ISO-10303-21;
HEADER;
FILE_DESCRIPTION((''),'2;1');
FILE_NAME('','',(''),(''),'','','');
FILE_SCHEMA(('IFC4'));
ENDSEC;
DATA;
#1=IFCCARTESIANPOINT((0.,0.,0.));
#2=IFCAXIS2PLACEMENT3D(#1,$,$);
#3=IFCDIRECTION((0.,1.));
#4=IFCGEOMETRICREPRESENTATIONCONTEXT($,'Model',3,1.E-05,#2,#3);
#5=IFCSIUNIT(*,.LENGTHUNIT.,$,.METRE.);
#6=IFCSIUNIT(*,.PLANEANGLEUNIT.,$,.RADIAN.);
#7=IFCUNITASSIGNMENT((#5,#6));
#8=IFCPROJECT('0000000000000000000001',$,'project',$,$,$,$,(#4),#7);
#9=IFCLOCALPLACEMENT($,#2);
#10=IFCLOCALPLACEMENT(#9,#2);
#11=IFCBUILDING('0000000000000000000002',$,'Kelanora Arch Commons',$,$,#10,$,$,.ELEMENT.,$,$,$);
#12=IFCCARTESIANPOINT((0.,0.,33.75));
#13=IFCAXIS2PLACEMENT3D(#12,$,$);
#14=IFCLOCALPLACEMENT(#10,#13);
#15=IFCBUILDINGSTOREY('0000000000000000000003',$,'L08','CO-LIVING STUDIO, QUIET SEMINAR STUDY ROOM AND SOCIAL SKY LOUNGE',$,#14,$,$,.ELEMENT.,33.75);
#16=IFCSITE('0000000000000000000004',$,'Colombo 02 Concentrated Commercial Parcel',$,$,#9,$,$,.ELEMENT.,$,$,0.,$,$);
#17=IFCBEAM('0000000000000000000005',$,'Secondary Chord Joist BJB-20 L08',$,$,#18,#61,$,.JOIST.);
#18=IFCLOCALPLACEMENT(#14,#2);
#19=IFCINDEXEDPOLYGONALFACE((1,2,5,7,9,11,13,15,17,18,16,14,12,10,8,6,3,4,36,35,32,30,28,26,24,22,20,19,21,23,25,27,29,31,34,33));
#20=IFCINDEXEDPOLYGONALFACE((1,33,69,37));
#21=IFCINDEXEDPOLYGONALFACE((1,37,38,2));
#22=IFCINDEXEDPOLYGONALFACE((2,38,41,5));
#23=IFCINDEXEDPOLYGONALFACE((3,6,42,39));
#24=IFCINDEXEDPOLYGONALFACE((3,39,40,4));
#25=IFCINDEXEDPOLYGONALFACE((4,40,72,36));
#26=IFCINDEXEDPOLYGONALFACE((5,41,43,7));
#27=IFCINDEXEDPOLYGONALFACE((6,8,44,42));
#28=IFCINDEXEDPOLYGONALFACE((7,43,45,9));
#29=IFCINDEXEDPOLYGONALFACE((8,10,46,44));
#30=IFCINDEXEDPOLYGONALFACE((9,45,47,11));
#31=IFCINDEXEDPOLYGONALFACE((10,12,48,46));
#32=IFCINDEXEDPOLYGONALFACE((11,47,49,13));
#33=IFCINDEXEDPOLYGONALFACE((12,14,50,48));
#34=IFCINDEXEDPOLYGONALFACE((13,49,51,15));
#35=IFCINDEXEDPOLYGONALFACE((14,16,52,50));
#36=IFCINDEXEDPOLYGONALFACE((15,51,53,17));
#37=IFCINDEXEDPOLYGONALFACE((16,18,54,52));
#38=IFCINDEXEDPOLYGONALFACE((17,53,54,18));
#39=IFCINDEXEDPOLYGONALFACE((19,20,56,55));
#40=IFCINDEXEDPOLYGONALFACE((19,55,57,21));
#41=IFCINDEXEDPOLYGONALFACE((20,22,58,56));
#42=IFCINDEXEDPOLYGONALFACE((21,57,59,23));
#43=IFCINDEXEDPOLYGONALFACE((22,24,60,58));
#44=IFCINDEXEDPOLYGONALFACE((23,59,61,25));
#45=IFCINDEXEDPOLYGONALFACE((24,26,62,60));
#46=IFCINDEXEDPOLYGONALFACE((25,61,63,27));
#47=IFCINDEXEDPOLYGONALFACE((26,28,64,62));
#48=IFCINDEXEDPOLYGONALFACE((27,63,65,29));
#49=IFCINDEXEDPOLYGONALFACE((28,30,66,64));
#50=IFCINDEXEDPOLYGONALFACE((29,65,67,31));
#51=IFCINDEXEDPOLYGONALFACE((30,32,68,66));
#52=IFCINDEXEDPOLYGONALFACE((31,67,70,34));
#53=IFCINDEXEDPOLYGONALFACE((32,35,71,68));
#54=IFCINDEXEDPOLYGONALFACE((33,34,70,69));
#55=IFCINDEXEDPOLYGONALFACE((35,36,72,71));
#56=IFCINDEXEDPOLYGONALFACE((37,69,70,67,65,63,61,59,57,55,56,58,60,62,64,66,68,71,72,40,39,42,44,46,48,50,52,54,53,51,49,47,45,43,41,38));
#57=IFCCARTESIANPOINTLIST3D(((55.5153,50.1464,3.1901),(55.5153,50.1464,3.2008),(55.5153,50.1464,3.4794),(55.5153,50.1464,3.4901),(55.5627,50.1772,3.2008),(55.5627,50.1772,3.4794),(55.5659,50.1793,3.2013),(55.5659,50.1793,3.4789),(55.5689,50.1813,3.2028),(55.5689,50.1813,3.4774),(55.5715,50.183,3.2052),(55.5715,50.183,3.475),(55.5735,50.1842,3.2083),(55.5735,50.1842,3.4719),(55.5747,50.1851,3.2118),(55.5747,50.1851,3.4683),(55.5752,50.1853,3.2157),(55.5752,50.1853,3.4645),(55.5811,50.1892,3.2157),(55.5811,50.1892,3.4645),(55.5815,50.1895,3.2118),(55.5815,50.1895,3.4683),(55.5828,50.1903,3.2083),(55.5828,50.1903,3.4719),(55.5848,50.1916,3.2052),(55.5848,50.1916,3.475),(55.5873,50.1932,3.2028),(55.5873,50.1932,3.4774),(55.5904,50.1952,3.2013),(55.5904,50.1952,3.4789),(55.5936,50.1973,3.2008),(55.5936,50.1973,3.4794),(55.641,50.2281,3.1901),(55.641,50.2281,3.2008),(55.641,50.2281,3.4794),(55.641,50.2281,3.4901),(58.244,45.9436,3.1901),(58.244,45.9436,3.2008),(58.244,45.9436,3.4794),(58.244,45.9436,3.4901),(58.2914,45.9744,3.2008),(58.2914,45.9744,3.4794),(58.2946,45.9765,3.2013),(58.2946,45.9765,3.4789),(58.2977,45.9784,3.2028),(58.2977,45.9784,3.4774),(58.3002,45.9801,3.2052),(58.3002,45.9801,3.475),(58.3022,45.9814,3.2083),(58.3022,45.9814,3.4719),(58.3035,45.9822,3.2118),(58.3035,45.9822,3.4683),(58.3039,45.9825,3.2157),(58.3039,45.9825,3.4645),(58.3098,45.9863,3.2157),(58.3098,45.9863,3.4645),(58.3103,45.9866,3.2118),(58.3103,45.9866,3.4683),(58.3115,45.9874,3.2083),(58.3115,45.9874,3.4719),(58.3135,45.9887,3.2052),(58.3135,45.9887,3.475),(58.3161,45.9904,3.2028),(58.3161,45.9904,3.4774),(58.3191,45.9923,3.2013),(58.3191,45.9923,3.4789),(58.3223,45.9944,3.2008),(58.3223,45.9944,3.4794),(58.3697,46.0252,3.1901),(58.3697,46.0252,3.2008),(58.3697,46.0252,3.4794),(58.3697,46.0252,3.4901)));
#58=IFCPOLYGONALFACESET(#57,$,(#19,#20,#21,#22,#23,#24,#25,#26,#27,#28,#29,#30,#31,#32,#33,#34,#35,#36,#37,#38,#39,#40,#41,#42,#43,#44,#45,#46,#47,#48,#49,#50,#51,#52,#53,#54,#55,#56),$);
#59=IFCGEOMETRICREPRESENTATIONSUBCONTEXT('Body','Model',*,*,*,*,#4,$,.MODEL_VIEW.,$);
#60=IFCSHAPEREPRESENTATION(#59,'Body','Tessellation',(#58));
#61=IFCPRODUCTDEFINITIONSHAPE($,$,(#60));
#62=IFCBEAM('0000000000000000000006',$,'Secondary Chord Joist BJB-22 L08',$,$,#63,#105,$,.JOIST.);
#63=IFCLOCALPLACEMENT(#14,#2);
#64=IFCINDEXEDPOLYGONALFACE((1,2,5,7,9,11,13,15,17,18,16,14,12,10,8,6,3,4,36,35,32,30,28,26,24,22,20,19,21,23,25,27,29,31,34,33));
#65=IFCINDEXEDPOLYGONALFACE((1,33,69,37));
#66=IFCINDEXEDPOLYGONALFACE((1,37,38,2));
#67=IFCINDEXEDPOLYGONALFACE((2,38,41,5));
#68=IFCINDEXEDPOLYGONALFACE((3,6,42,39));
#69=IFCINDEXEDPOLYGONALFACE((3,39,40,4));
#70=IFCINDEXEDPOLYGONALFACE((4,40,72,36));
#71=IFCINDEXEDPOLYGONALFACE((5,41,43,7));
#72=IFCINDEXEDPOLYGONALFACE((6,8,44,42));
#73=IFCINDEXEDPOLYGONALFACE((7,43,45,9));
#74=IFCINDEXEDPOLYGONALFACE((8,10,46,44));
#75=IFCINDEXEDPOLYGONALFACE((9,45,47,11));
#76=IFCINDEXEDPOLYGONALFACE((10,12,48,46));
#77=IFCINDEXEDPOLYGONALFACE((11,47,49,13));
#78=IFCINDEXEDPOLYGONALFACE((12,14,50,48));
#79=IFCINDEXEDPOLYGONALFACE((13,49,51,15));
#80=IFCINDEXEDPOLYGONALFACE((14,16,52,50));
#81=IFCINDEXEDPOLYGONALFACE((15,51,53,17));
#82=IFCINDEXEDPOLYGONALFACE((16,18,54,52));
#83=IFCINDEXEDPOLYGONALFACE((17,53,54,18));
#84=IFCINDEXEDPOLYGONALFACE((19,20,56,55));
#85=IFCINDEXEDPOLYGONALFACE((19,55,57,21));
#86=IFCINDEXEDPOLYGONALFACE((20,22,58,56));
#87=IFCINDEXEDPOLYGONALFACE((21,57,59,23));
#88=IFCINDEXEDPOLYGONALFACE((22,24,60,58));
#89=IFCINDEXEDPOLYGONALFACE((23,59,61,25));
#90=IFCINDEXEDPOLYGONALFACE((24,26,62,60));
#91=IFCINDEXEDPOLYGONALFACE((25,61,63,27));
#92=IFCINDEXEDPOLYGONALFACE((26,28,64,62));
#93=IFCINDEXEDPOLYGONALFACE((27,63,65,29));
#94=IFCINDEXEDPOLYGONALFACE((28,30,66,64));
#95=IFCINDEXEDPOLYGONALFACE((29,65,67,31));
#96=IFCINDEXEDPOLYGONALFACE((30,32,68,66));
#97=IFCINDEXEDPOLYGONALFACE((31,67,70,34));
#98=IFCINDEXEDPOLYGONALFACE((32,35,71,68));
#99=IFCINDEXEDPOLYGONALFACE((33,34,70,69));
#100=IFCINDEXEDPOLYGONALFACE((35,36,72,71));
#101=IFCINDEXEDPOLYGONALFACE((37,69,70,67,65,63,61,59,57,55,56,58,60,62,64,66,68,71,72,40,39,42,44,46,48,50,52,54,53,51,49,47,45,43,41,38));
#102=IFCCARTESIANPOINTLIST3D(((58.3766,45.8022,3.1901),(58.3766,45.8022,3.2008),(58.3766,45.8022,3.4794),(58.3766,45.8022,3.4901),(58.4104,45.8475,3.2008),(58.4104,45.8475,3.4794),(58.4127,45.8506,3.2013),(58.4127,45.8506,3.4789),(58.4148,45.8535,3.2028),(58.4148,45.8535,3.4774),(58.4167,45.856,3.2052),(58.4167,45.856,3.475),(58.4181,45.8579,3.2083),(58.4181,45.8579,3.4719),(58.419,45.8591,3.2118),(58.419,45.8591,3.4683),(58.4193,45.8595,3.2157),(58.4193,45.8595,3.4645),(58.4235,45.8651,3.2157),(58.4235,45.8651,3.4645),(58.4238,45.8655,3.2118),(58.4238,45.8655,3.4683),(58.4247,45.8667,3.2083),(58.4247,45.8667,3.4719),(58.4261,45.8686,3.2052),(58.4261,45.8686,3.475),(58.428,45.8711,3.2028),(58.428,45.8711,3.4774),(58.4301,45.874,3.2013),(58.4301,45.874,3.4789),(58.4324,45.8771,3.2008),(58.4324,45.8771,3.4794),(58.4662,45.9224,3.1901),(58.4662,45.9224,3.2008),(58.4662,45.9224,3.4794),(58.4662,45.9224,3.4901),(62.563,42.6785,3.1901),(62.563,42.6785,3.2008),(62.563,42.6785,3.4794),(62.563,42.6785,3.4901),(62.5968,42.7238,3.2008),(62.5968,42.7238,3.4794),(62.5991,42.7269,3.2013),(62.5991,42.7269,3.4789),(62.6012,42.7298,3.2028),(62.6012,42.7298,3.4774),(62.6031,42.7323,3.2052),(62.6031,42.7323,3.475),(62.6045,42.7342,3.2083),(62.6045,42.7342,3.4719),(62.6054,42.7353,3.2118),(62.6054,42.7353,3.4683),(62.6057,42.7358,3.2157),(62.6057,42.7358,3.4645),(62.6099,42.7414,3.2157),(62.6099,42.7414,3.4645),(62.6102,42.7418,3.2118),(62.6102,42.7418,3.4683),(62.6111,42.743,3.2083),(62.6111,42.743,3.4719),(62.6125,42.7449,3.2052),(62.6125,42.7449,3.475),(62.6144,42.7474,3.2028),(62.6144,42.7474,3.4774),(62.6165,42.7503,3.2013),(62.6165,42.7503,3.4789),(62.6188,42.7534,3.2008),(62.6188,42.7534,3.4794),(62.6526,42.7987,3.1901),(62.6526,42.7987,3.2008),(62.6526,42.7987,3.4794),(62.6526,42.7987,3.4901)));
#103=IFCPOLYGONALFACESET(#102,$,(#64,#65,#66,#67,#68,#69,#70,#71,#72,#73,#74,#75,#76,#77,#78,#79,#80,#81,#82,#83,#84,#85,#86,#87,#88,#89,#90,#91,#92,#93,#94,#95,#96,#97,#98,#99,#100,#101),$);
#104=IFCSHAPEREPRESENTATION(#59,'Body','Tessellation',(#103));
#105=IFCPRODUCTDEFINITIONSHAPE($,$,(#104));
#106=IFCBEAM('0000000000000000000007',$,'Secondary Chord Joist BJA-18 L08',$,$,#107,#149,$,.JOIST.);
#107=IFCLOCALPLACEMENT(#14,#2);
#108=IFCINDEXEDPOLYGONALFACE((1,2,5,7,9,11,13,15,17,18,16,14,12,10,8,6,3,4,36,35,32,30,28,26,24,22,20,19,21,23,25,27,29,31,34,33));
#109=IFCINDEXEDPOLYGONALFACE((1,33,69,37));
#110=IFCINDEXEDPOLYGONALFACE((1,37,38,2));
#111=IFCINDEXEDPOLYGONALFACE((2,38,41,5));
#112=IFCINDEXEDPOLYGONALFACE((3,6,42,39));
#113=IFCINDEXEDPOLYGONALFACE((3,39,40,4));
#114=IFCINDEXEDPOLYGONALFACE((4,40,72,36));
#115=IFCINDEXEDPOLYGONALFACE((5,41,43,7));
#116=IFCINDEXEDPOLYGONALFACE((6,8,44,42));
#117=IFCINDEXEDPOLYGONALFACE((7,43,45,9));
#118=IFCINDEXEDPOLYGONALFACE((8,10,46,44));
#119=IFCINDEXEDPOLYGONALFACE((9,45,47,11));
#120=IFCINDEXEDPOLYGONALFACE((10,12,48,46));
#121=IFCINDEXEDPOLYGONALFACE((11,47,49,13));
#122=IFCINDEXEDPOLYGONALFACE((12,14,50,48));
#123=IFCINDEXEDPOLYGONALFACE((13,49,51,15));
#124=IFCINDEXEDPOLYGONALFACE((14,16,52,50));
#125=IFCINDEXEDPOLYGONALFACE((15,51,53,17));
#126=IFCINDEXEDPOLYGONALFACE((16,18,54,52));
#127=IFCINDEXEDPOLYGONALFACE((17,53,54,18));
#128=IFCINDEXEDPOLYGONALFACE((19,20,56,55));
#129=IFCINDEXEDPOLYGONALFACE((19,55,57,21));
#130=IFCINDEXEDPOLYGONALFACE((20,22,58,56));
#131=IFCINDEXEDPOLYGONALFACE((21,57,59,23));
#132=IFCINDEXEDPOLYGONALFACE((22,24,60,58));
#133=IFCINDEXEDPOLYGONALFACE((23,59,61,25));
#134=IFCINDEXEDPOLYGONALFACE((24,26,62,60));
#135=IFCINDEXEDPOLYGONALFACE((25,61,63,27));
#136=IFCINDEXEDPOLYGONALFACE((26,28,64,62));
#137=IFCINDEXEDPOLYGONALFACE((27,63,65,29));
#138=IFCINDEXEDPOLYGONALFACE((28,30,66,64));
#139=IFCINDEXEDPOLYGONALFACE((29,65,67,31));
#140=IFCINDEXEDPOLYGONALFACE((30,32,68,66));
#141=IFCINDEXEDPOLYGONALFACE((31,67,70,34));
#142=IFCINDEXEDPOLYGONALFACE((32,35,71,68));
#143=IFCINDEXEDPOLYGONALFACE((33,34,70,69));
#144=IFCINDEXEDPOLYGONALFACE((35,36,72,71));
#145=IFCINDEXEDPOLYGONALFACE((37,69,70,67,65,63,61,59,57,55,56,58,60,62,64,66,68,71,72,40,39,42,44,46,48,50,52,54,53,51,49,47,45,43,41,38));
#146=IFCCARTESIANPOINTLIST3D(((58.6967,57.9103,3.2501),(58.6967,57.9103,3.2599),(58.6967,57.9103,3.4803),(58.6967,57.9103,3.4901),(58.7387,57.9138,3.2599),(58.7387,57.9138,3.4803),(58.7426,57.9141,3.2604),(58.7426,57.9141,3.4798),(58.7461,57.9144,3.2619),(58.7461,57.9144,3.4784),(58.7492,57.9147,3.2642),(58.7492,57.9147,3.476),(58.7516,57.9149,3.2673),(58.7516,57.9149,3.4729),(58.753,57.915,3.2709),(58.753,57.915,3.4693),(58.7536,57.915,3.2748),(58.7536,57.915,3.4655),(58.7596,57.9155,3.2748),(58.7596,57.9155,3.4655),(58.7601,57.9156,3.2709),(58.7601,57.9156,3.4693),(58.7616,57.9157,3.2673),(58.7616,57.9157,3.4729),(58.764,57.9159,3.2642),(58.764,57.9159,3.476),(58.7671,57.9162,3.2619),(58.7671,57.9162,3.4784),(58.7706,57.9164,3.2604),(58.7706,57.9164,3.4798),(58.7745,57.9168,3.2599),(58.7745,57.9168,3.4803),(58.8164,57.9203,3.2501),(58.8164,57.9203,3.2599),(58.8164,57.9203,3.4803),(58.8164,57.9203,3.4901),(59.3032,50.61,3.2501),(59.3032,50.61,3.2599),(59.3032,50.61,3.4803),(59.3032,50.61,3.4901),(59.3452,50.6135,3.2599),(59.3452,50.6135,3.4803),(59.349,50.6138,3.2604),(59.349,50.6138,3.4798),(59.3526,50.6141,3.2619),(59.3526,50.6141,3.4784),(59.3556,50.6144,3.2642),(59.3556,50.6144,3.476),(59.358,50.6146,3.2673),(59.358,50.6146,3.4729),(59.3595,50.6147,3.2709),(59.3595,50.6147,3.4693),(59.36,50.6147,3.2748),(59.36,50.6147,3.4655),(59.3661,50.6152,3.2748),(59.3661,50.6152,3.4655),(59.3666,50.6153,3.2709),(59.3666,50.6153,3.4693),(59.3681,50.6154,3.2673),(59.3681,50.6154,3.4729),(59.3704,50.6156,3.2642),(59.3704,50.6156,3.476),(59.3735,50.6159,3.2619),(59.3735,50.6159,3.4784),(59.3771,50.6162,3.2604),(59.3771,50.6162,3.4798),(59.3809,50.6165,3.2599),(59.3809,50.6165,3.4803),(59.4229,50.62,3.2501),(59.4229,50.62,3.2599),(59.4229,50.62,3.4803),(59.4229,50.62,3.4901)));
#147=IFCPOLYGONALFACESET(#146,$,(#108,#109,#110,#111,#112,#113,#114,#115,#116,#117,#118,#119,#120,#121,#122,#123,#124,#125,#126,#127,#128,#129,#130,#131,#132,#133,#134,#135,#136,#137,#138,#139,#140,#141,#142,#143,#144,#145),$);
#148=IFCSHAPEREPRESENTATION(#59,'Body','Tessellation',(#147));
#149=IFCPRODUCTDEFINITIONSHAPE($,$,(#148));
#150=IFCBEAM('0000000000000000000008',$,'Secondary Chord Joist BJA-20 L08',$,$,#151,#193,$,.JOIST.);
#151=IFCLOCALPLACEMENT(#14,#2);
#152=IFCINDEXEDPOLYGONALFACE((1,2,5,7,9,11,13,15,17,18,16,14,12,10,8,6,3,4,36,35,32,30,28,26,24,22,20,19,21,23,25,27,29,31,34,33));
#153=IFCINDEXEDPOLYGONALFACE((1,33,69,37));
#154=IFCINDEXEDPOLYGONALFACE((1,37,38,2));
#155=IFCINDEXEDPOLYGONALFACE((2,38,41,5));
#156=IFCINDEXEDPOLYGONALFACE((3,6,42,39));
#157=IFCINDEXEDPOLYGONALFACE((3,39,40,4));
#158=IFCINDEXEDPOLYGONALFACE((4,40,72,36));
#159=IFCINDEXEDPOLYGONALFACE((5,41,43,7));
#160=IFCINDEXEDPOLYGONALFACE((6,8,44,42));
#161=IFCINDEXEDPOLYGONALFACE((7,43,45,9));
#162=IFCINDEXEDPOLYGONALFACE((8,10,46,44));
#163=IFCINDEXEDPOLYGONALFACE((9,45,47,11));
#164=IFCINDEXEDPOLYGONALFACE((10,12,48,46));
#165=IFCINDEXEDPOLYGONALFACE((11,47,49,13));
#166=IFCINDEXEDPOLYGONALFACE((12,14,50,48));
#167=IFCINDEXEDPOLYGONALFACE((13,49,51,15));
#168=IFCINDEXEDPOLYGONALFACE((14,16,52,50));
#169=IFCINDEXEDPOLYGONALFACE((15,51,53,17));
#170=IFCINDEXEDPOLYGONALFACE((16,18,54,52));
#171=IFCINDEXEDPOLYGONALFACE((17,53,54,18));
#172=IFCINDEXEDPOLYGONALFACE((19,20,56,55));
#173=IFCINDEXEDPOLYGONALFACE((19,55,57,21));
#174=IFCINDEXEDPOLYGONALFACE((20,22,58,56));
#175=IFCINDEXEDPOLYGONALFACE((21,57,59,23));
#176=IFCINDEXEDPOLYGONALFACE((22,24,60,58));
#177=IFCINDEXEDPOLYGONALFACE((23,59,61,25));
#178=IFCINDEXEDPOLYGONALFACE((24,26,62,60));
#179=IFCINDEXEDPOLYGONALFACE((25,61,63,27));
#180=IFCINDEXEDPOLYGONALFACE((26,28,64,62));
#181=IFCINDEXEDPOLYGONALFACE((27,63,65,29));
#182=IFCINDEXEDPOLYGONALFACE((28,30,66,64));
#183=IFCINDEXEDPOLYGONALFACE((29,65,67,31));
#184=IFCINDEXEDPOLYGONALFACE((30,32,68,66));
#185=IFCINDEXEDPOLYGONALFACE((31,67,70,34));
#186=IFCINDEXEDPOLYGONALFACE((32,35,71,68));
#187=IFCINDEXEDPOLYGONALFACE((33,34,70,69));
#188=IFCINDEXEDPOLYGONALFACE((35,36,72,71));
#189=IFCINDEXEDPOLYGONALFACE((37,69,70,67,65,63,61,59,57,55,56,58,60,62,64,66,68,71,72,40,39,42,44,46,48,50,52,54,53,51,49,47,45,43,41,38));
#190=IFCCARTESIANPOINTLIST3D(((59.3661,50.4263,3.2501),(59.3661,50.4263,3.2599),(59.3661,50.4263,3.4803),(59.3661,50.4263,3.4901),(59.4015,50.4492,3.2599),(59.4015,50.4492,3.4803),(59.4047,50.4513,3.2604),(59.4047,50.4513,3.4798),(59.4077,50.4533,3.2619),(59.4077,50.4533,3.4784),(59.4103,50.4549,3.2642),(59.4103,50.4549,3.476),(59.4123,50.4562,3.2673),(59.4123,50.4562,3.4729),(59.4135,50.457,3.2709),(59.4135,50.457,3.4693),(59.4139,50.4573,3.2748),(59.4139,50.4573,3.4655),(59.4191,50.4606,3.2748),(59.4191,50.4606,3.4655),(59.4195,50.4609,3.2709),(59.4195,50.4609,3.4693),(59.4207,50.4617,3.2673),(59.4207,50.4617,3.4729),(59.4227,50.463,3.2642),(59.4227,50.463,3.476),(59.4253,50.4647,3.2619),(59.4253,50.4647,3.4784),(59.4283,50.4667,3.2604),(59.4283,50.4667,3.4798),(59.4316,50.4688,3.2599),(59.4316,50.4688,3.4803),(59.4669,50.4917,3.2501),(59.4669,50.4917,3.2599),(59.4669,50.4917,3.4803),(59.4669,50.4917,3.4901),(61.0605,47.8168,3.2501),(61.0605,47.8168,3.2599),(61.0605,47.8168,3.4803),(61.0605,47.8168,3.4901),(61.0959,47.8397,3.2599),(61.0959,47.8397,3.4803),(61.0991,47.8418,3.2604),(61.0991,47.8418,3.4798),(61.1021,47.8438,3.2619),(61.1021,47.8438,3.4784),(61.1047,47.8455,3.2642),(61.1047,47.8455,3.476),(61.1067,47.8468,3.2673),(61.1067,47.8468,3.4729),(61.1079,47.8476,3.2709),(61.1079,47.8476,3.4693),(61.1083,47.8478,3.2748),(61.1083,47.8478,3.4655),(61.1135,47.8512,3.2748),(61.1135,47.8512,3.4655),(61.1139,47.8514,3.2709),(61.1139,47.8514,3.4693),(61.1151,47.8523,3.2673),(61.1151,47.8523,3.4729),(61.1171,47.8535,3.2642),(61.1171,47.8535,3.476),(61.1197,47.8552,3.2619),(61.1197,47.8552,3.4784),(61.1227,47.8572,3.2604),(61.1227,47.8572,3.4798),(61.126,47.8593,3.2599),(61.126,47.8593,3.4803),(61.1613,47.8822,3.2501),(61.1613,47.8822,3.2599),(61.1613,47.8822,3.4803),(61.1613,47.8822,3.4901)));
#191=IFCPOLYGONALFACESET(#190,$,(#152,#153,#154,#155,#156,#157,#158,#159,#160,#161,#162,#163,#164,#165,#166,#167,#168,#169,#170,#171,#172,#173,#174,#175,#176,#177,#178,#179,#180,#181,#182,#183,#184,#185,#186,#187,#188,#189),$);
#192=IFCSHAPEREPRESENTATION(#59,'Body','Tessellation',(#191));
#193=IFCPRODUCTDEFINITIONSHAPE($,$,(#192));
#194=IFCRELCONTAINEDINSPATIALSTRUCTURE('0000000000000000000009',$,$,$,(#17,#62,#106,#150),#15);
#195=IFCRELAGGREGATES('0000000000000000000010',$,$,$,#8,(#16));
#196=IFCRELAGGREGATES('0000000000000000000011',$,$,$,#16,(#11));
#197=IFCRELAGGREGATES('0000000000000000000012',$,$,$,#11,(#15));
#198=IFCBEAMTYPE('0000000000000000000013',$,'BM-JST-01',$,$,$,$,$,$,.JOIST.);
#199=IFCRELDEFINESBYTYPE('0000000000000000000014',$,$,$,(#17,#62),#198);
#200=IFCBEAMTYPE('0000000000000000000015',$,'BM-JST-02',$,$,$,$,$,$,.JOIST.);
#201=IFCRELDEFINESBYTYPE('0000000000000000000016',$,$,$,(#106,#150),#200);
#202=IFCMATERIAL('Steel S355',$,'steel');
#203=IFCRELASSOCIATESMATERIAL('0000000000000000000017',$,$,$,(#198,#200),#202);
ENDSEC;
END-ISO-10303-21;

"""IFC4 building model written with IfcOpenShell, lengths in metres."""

from ifc_helpers import new_model, si_unit, direction, frame, origin, origin_2d, place, context, subcontext, project, spatial, i_section, extrude, material, material_profile, profile_set, type_object, element, save


model = new_model("IFC4")

# Units and contexts
model_context = context("Model", 3, precision=1e-05, world=origin(), true_north=direction((0.0, 1.0)))
body_context = subcontext(model_context, "Body", "Model", "MODEL_VIEW")
ifc_project = project(units=[si_unit("LENGTHUNIT", "METRE"), si_unit("PLANEANGLEUNIT", "RADIAN")], contexts=[model_context])

# Site, building, storey
site_placement = place(None, origin())
site = spatial("IfcSite", under=ifc_project, at=site_placement, Name="Colombo 02 Concentrated Commercial Parcel", CompositionType="ELEMENT", RefElevation=0.0)
building_placement = place(site_placement, origin())
building = spatial("IfcBuilding", under=site, at=building_placement, Name="Kelanora Arch Commons", CompositionType="ELEMENT")
storey_placement = place(building_placement, frame((0.0, 0.0, 33.75)))
storey = spatial("IfcBuildingStorey", under=building, at=storey_placement, Name="L08", Description="CO-LIVING STUDIO, QUIET SEMINAR STUDY ROOM AND SOCIAL SKY LOUNGE", CompositionType="ELEMENT", Elevation=33.75)

# Beams
ifc_material_1 = material(Name="Steel S355", Category="steel")
ifc_material_profile_1 = material_profile(ifc_material_1, i_section(OverallWidth=0.1499, OverallDepth=0.3, WebThickness=0.0071, FlangeThickness=0.0107, FilletRadius=0.0149, at=origin_2d()), Name="IPE300")
ifc_profile_set_1 = profile_set([ifc_material_profile_1], Name="Steel S355")
beam_type_1 = type_object("IfcBeamType", Name="BM-JST-01", PredefinedType="JOIST", material=ifc_profile_set_1)
beam_1_placement = place(storey_placement, frame((55.5781, 50.1873, 3.3401), z_axis=(0.544552, -0.838727, 0.0), x_axis=(0.838727, 0.544552, 0.0)))
element("IfcBeam", 1, at=beam_1_placement, inside=storey, type_object=beam_type_1, Name="Secondary Chord Joist BJB-20 L08", PredefinedType="JOIST", context=body_context, shape_type="SweptSolid", body=[
    extrude(i_section(OverallWidth=0.1499, OverallDepth=0.3, WebThickness=0.0071, FlangeThickness=0.0107, FilletRadius=0.0149, at=origin_2d()), origin(), (0.0, 0.0, 1.0), 5.011),
])
beam_2_placement = place(storey_placement, frame((58.4214, 45.8623, 3.3401), z_axis=(0.801478, -0.598024, 0.0), x_axis=(0.598024, 0.801478, 0.0)))
element("IfcBeam", 2, at=beam_2_placement, inside=storey, type_object=beam_type_1, Name="Secondary Chord Joist BJB-22 L08", PredefinedType="JOIST", context=body_context, shape_type="SweptSolid", body=[
    extrude(i_section(OverallWidth=0.1499, OverallDepth=0.3, WebThickness=0.0071, FlangeThickness=0.0107, FilletRadius=0.0149, at=origin_2d()), origin(), (0.0, 0.0, 1.0), 5.2234),
])
ifc_material_profile_2 = material_profile(ifc_material_1, i_section(OverallWidth=0.1201, OverallDepth=0.24, WebThickness=0.0061, FlangeThickness=0.0098, FilletRadius=0.0149, at=origin_2d()), Name="IPE240")
ifc_profile_set_2 = profile_set([ifc_material_profile_2], Name="Steel S355")
beam_type_2 = type_object("IfcBeamType", Name="BM-JST-02", PredefinedType="JOIST", material=ifc_profile_set_2)
beam_3_placement = place(storey_placement, frame((58.7566, 57.9153, 3.3701), z_axis=(0.082786, -0.996567, 0.0), x_axis=(0.996567, 0.082786, 0.0)))
element("IfcBeam", 3, at=beam_3_placement, inside=storey, type_object=beam_type_2, Name="Secondary Chord Joist BJA-18 L08", PredefinedType="JOIST", context=body_context, shape_type="SweptSolid", body=[
    extrude(i_section(OverallWidth=0.1201, OverallDepth=0.24, WebThickness=0.0061, FlangeThickness=0.0098, FilletRadius=0.0149, at=origin_2d()), origin(), (0.0, 0.0, 1.0), 7.3254),
])
beam_4_placement = place(storey_placement, frame((59.4165, 50.459, 3.3701), z_axis=(0.544591, -0.838702, 0.0), x_axis=(0.838702, 0.544591, 0.0)))
element("IfcBeam", 4, at=beam_4_placement, inside=storey, type_object=beam_type_2, Name="Secondary Chord Joist BJA-20 L08", PredefinedType="JOIST", context=body_context, shape_type="SweptSolid", body=[
    extrude(i_section(OverallWidth=0.1201, OverallDepth=0.24, WebThickness=0.0061, FlangeThickness=0.0098, FilletRadius=0.0149, at=origin_2d()), origin(), (0.0, 0.0, 1.0), 3.1113),
])

save(model, "model.ifc")
